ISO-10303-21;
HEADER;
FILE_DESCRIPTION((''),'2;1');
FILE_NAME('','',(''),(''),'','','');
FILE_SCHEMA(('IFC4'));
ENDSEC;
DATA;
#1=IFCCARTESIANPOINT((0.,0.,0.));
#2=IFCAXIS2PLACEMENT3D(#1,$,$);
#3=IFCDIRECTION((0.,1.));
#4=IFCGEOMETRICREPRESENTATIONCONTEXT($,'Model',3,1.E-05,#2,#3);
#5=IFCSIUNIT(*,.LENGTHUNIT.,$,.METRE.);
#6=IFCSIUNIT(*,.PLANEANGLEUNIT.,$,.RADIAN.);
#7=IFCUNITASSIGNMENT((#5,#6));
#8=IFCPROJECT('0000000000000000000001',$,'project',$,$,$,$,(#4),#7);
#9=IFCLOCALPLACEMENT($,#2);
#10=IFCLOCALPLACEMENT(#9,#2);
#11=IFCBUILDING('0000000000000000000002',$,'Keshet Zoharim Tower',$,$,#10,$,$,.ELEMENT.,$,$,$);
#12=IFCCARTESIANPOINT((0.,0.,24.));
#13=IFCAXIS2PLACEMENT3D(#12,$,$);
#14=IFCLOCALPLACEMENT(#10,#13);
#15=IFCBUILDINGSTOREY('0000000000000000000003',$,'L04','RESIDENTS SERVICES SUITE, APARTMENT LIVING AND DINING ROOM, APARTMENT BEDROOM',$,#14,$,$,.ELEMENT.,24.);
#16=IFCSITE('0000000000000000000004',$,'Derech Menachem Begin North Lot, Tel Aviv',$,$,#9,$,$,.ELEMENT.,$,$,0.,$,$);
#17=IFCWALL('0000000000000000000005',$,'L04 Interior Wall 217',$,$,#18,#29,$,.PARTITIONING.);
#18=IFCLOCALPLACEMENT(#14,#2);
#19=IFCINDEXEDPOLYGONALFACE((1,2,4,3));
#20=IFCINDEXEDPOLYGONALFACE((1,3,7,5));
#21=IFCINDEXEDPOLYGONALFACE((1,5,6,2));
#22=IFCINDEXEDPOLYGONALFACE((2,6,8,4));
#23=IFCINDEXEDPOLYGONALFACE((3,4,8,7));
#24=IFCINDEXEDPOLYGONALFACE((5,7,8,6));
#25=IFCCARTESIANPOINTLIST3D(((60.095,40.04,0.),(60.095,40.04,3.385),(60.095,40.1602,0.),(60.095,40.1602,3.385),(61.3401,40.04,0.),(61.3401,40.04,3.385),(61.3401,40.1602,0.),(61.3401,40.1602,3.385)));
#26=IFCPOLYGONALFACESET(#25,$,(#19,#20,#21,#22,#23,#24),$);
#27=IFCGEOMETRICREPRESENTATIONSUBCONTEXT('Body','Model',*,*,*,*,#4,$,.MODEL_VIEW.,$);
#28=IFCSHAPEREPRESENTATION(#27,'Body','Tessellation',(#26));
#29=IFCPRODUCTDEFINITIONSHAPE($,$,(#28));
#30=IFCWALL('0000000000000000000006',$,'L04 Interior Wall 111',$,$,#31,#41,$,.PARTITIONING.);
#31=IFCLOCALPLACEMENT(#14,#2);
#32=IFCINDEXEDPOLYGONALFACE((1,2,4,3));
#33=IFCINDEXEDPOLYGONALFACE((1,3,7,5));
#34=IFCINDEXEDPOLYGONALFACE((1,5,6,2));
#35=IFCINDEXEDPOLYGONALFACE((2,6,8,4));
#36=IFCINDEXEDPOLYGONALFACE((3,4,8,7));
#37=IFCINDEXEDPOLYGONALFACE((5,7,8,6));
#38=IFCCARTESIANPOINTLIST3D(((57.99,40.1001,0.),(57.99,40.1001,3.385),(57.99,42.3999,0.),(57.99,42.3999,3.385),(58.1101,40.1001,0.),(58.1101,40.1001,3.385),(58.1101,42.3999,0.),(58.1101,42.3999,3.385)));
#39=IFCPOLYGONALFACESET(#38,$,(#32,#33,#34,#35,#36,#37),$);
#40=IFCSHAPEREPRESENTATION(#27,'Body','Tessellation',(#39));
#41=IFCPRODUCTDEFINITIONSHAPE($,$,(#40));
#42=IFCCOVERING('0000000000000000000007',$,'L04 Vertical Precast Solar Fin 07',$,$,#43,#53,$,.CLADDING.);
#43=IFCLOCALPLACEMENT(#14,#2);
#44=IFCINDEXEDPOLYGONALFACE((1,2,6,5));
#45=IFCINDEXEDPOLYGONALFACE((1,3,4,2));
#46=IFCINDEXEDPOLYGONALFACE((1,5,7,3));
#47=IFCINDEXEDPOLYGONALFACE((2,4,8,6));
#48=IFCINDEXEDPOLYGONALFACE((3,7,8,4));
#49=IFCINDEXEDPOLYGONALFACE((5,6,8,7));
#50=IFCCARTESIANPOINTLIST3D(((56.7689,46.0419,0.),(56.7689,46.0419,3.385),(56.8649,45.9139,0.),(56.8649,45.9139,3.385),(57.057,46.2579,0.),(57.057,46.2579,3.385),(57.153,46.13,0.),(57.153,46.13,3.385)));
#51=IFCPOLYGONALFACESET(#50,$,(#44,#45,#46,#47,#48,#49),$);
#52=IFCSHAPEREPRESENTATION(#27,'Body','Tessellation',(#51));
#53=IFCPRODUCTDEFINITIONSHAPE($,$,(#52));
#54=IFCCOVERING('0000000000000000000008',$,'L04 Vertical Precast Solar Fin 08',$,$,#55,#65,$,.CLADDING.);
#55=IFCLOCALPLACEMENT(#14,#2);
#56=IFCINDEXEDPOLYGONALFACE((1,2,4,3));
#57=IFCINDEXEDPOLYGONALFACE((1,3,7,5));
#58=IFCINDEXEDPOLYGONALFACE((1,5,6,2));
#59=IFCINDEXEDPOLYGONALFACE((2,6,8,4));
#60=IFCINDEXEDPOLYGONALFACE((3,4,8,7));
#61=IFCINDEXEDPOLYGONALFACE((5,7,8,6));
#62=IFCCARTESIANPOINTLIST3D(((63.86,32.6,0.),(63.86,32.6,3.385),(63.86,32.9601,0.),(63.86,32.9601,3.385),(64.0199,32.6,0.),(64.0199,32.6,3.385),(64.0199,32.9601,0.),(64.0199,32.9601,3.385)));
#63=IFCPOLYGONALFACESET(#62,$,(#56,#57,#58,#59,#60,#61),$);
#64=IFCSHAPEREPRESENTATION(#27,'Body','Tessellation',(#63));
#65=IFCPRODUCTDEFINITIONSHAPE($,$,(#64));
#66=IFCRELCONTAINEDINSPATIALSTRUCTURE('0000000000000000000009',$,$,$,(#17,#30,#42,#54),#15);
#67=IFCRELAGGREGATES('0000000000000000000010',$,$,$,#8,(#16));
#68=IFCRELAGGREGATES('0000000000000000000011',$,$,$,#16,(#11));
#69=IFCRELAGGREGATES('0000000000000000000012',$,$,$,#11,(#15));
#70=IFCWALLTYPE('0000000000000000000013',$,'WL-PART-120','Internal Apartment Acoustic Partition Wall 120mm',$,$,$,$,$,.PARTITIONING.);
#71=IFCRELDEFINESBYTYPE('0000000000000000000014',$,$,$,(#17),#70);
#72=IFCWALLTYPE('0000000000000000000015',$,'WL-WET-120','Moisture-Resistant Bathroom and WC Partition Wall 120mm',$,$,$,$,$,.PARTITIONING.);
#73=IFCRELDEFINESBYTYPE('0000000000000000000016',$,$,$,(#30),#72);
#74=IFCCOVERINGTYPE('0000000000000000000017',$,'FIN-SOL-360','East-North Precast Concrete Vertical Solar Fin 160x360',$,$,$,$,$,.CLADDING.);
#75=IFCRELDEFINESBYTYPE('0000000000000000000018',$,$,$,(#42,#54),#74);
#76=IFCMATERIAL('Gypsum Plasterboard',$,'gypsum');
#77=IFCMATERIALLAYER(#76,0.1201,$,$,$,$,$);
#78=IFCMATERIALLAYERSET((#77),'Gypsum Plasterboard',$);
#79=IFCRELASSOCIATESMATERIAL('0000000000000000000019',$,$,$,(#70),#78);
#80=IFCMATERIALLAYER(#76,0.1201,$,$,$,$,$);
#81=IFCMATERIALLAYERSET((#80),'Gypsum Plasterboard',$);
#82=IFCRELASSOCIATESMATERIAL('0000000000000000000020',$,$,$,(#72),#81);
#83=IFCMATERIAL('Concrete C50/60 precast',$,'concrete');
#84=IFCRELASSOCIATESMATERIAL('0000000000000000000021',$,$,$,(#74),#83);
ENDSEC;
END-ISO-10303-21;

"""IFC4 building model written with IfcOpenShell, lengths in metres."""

from ifc_helpers import new_model, si_unit, direction, frame, frame_2d, origin, origin_2d, place, context, subcontext, project, spatial, rectangle, extrude, material, layer, layer_set, type_object, element, save


model = new_model("IFC4")

# Units and contexts
model_context = context("Model", 3, precision=1e-05, world=origin(), true_north=direction((0.0, 1.0)))
body_context = subcontext(model_context, "Body", "Model", "MODEL_VIEW")
ifc_project = project(units=[si_unit("LENGTHUNIT", "METRE"), si_unit("PLANEANGLEUNIT", "RADIAN")], contexts=[model_context])

# Site, building, storey
site_placement = place(None, origin())
site = spatial("IfcSite", under=ifc_project, at=site_placement, Name="Derech Menachem Begin North Lot, Tel Aviv", CompositionType="ELEMENT", RefElevation=0.0)
building_placement = place(site_placement, origin())
building = spatial("IfcBuilding", under=site, at=building_placement, Name="Keshet Zoharim Tower", CompositionType="ELEMENT")
storey_placement = place(building_placement, frame((0.0, 0.0, 24.0)))
storey = spatial("IfcBuildingStorey", under=building, at=storey_placement, Name="L04", Description="RESIDENTS SERVICES SUITE, APARTMENT LIVING AND DINING ROOM, APARTMENT BEDROOM", CompositionType="ELEMENT", Elevation=24.0)

# Walls
ifc_material_1 = material(Name="Gypsum Plasterboard", Category="gypsum")
ifc_layer_1 = layer(ifc_material_1, 0.1201)
ifc_layer_set_1 = layer_set([ifc_layer_1], Name="Gypsum Plasterboard")
wall_type_1 = type_object("IfcWallType", Name="WL-PART-120", Description="Internal Apartment Acoustic Partition Wall 120mm", PredefinedType="PARTITIONING", material=ifc_layer_set_1)
wall_1_placement = place(storey_placement, frame((60.095, 40.1001, 0.0), z_axis=(0.0, 0.0, 1.0), x_axis=(1.0, 0.0, 0.0)))
element("IfcWall", 1, at=wall_1_placement, inside=storey, type_object=wall_type_1, Name="L04 Interior Wall 217", PredefinedType="PARTITIONING", context=body_context, shape_type="SweptSolid", body=[
    extrude(rectangle(XDim=1.2451, YDim=0.1201, at=frame_2d((0.6226, 0.0))), origin(), (0.0, 0.0, 1.0), 3.385),
])
ifc_layer_2 = layer(ifc_material_1, 0.1201)
ifc_layer_set_2 = layer_set([ifc_layer_2], Name="Gypsum Plasterboard")
wall_type_2 = type_object("IfcWallType", Name="WL-WET-120", Description="Moisture-Resistant Bathroom and WC Partition Wall 120mm", PredefinedType="PARTITIONING", material=ifc_layer_set_2)
wall_2_placement = place(storey_placement, frame((58.05, 40.1001, 0.0), z_axis=(0.0, 0.0, 1.0), x_axis=(0.0, 1.0, 0.0)))
element("IfcWall", 2, at=wall_2_placement, inside=storey, type_object=wall_type_2, Name="L04 Interior Wall 111", PredefinedType="PARTITIONING", context=body_context, shape_type="SweptSolid", body=[
    extrude(rectangle(XDim=2.2998, YDim=0.1201, at=frame_2d((1.1499, 0.0))), origin(), (0.0, 0.0, 1.0), 3.385),
])

# Coverings
ifc_material_2 = material(Name="Concrete C50/60 precast", Category="concrete")
covering_type = type_object("IfcCoveringType", Name="FIN-SOL-360", Description="East-North Precast Concrete Vertical Solar Fin 160x360", PredefinedType="CLADDING", material=ifc_material_2)
for number, where, z_axis, x_axis, name in (
    (3, (56.9609, 46.0859, 0.0), (0.0, 0.0, 1.0), (0.6, -0.8, 0.0), "L04 Vertical Precast Solar Fin 07"),
    (4, (63.9399, 32.78, 0.0), (0.0, 0.0, 1.0), (1.0, 0.0, 0.0), "L04 Vertical Precast Solar Fin 08"),
):
    element("IfcCovering", number, at=place(storey_placement, frame(where, z_axis=z_axis, x_axis=x_axis)), inside=storey, type_object=covering_type, Name=name, PredefinedType="CLADDING", context=body_context, shape_type="SweptSolid", body=[
        extrude(rectangle(XDim=0.1599, YDim=0.3601, at=origin_2d()), origin(), (0.0, 0.0, 1.0), 3.385),
    ])

save(model, "model.ifc")
